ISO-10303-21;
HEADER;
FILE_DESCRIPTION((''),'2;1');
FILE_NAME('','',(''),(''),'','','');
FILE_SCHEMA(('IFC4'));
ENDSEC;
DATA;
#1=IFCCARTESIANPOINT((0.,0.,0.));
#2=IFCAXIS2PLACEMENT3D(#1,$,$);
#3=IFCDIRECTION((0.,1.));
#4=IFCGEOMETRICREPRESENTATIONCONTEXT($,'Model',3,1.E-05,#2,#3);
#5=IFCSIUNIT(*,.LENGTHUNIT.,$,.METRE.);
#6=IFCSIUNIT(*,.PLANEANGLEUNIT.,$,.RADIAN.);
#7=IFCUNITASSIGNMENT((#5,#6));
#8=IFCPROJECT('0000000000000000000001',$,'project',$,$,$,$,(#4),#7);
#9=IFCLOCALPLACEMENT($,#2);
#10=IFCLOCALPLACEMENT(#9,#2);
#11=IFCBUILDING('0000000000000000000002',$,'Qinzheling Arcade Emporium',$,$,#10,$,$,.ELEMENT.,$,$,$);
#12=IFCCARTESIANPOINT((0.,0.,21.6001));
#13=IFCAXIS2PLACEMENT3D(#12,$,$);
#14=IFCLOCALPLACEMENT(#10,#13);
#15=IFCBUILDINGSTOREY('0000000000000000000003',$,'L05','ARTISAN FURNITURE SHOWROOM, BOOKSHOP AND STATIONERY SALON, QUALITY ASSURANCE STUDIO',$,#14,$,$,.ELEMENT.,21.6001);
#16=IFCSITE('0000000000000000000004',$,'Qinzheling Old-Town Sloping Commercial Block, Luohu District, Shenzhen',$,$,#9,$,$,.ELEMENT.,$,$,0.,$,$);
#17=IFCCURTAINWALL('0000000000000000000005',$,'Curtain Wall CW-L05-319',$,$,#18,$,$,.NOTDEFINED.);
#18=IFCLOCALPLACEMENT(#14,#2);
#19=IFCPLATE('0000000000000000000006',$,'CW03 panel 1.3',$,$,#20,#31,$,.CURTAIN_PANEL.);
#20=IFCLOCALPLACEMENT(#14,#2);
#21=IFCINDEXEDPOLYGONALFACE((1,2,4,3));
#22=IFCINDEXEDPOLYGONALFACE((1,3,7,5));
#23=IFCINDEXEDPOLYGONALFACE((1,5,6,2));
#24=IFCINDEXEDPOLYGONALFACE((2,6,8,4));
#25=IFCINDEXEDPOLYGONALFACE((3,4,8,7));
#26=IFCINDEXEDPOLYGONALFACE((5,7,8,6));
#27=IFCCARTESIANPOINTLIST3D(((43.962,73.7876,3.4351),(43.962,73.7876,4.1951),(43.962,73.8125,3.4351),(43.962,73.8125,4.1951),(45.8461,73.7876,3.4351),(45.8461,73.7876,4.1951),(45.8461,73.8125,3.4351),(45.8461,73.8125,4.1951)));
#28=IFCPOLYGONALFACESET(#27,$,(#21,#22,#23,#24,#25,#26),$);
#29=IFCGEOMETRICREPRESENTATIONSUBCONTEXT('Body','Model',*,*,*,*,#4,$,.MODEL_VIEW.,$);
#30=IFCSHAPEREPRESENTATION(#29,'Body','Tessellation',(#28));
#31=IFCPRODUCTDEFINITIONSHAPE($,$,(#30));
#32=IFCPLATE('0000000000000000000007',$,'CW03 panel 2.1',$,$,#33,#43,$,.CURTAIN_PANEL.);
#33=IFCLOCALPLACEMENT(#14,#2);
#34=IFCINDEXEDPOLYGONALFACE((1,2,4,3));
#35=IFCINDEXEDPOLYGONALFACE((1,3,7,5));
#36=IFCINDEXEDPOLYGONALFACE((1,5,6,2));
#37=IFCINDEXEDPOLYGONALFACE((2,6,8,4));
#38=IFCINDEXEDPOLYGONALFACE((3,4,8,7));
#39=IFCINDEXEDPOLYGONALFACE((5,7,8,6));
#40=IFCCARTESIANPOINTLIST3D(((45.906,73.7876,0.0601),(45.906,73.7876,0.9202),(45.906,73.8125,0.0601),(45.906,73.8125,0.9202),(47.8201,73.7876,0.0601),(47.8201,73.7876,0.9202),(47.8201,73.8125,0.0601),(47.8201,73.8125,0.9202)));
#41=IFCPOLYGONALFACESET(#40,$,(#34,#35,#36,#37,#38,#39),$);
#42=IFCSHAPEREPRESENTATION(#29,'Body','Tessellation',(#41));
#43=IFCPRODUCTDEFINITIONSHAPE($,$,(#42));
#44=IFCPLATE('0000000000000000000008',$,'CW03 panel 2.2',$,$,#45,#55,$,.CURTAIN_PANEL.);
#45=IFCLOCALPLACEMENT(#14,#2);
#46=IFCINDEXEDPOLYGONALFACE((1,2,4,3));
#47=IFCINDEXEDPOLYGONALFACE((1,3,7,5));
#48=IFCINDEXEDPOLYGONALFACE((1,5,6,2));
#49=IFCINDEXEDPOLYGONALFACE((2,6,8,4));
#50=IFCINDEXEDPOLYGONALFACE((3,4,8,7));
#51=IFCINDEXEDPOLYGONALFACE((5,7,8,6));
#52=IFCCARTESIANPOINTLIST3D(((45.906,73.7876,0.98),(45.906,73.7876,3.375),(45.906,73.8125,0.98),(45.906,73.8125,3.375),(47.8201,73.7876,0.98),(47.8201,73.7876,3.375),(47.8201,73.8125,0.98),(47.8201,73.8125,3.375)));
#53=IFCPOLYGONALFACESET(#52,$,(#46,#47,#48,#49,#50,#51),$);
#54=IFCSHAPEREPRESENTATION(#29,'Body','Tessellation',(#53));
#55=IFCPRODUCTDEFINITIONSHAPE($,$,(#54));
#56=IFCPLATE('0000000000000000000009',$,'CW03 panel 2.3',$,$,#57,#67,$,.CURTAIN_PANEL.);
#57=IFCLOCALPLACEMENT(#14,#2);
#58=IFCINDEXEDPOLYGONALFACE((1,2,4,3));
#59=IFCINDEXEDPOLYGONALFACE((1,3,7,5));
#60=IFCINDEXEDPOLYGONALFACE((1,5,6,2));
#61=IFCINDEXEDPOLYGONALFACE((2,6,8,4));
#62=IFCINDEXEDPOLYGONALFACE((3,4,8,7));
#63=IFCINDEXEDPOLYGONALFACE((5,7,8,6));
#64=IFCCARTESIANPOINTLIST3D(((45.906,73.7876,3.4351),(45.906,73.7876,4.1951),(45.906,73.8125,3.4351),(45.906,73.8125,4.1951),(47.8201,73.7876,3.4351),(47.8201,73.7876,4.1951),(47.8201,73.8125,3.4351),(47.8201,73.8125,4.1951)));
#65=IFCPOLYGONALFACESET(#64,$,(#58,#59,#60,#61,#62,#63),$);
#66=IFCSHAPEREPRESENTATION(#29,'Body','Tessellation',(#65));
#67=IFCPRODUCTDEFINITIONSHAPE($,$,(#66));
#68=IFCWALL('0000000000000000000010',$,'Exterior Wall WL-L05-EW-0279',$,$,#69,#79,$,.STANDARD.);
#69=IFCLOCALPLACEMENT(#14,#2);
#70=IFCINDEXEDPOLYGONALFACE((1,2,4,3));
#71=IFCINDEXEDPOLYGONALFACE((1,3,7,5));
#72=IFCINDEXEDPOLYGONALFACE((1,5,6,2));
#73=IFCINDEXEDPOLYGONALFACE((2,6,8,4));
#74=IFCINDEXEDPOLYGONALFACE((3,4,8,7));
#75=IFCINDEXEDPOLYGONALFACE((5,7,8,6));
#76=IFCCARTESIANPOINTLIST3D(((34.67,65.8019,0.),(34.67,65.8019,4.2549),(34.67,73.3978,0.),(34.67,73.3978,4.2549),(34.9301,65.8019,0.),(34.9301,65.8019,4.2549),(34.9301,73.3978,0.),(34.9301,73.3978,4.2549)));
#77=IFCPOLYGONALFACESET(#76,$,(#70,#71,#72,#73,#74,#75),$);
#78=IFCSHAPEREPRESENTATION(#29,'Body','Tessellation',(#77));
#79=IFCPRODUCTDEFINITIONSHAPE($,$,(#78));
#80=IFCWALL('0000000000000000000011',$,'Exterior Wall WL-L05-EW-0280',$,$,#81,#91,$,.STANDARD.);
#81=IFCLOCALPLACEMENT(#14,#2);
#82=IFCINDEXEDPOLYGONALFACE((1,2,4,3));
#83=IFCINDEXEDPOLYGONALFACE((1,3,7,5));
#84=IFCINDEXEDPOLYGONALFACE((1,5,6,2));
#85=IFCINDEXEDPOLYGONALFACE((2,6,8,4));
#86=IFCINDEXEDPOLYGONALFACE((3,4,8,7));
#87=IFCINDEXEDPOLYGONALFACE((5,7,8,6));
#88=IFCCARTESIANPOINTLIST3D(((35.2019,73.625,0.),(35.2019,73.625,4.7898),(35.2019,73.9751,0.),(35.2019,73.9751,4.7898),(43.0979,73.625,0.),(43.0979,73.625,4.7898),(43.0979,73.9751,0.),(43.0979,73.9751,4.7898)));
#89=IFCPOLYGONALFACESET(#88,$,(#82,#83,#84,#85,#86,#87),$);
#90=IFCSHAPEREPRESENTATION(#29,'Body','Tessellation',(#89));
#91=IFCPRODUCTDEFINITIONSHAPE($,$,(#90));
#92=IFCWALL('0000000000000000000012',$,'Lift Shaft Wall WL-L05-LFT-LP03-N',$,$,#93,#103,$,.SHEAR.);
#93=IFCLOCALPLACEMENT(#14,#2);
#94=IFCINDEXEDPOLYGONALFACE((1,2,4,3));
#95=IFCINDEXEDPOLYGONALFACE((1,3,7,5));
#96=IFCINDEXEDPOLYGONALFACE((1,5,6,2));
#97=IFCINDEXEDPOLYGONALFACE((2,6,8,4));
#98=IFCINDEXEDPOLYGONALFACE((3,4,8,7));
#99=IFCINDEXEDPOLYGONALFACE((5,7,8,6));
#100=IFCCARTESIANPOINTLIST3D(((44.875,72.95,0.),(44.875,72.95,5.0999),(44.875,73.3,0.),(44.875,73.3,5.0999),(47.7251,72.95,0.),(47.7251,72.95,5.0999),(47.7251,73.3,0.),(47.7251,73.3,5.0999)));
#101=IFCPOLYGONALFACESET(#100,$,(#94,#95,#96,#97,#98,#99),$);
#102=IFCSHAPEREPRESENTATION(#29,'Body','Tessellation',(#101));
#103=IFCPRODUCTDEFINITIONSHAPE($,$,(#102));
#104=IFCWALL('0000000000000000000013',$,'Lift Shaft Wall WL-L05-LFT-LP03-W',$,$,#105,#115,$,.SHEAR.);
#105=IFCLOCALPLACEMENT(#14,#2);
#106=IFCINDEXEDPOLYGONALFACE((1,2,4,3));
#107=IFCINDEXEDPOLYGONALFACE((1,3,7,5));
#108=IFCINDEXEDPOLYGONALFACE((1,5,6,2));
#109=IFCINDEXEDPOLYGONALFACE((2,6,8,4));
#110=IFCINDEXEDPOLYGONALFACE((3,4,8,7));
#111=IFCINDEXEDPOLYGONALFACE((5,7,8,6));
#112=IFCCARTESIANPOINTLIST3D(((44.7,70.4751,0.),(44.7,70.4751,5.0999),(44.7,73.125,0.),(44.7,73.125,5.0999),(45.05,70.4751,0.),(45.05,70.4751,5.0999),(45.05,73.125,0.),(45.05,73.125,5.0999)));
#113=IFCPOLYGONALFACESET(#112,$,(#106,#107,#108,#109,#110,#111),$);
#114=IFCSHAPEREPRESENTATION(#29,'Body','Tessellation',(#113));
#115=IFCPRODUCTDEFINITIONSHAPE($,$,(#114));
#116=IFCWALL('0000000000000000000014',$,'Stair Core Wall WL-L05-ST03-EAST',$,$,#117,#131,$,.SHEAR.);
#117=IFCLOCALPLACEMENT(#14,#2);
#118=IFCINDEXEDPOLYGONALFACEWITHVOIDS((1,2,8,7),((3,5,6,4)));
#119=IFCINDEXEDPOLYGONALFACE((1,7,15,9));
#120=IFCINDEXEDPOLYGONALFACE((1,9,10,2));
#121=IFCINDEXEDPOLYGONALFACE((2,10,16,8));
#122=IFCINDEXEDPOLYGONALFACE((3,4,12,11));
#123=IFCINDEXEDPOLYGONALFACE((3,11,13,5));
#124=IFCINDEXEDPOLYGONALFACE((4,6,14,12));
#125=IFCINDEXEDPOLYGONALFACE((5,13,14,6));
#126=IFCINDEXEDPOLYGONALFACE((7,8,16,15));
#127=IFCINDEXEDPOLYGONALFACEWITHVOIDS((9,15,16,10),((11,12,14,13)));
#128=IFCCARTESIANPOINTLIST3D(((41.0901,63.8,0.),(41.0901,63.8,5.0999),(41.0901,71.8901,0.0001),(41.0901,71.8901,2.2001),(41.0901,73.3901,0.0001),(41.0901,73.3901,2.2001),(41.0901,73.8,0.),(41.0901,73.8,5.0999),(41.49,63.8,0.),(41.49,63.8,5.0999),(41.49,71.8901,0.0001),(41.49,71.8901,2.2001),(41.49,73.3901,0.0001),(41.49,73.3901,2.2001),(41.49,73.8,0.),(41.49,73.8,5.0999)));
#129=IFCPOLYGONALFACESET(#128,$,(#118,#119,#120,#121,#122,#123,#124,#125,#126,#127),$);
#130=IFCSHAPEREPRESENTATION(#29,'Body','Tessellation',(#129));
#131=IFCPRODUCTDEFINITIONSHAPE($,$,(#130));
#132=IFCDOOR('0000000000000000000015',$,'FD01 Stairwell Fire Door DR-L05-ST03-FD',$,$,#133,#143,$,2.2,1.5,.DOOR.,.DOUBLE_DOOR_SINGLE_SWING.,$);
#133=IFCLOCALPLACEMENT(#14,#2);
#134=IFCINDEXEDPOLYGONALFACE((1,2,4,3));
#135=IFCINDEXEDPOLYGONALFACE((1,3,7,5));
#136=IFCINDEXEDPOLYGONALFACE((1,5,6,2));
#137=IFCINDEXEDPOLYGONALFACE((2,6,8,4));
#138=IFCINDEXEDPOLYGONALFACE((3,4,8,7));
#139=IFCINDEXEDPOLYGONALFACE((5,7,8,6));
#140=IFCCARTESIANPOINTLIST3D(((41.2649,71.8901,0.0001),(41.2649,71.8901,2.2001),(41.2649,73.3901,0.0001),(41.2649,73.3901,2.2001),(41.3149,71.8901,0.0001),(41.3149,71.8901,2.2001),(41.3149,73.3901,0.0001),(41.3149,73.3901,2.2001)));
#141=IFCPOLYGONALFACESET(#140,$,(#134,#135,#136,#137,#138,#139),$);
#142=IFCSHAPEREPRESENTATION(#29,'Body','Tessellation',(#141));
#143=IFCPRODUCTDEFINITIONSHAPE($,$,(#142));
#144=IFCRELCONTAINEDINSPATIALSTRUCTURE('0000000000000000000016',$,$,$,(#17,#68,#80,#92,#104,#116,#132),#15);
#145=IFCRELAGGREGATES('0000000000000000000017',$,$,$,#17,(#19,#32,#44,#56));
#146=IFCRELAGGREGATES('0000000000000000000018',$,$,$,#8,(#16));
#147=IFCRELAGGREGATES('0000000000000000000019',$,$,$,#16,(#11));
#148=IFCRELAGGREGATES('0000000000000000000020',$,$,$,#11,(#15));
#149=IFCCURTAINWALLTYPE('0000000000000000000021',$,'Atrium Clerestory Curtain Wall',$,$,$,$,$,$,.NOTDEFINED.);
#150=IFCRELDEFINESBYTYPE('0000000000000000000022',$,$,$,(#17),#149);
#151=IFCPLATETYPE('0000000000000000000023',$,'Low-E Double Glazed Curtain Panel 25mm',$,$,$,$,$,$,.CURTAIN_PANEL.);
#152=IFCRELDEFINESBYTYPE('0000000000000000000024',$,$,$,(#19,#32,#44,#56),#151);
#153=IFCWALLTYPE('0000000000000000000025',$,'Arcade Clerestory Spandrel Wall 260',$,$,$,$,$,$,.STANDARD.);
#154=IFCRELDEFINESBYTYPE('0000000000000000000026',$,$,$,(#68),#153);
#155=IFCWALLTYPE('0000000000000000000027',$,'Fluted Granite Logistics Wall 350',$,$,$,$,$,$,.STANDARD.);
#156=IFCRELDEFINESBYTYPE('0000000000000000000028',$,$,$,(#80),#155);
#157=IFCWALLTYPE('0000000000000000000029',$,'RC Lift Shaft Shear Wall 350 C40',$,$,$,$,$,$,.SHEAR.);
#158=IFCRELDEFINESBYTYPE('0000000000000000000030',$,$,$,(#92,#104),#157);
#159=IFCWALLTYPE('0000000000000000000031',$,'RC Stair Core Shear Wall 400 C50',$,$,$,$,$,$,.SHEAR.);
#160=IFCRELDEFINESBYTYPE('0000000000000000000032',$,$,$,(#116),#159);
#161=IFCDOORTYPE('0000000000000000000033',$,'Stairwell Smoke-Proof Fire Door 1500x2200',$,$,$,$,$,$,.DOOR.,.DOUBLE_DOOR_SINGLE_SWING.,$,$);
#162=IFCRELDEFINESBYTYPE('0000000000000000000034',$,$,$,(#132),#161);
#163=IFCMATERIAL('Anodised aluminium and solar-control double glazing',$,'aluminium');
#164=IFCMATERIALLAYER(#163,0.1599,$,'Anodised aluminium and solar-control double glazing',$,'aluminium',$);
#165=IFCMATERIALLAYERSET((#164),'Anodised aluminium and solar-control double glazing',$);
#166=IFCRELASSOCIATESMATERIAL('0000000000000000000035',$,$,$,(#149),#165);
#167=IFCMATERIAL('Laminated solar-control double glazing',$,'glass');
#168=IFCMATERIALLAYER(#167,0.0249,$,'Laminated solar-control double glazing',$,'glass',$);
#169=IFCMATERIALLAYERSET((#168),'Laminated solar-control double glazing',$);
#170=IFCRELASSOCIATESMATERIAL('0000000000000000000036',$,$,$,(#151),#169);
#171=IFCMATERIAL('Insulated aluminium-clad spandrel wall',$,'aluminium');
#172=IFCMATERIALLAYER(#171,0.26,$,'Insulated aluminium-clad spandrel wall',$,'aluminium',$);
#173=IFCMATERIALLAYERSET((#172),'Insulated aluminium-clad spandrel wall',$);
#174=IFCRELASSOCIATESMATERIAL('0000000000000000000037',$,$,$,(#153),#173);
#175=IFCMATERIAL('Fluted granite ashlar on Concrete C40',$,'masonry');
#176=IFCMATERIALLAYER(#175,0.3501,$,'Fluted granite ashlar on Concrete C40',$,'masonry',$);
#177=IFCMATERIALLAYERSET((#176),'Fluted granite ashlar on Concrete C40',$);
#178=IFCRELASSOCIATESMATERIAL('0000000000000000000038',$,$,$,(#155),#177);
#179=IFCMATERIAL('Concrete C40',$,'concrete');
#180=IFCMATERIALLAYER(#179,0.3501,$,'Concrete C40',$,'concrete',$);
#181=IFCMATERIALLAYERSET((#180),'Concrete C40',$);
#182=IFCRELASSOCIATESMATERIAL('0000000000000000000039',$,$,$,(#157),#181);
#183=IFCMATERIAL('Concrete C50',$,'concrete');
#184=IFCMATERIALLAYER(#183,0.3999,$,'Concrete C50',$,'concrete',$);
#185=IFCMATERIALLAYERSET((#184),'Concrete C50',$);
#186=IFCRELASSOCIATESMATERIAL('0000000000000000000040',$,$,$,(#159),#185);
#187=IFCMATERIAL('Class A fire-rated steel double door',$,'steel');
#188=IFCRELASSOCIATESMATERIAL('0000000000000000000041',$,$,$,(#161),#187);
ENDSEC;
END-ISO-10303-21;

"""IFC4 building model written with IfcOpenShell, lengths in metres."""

from ifc_helpers import new_model, si_unit, direction, frame, frame_2d, origin, origin_2d, place, context, subcontext, project, spatial, rectangle, extrude, material, layer, layer_set, type_object, element, fill, aggregate, save


model = new_model("IFC4")

# Units and contexts
model_context = context("Model", 3, precision=1e-05, world=origin(), true_north=direction((0.0, 1.0)))
body_context = subcontext(model_context, "Body", "Model", "MODEL_VIEW")
ifc_project = project(units=[si_unit("LENGTHUNIT", "METRE"), si_unit("PLANEANGLEUNIT", "RADIAN")], contexts=[model_context])

# Site, building, storey
site_placement = place(None, origin())
site = spatial("IfcSite", under=ifc_project, at=site_placement, Name="Qinzheling Old-Town Sloping Commercial Block, Luohu District, Shenzhen", CompositionType="ELEMENT", RefElevation=0.0)
building_placement = place(site_placement, origin())
building = spatial("IfcBuilding", under=site, at=building_placement, Name="Qinzheling Arcade Emporium", CompositionType="ELEMENT")
storey_placement = place(building_placement, frame((0.0, 0.0, 21.6001)))
storey = spatial("IfcBuildingStorey", under=building, at=storey_placement, Name="L05", Description="ARTISAN FURNITURE SHOWROOM, BOOKSHOP AND STATIONERY SALON, QUALITY ASSURANCE STUDIO", CompositionType="ELEMENT", Elevation=21.6001)

# Shared definitions
ifc_material_1 = material(Name="Concrete C40", Category="concrete")

# Curtain wall
ifc_material_2 = material(Name="Anodised aluminium and solar-control double glazing", Category="aluminium")
ifc_layer_1 = layer(ifc_material_2, 0.1599, Name="Anodised aluminium and solar-control double glazing", Category="aluminium")
ifc_layer_set_1 = layer_set([ifc_layer_1], Name="Anodised aluminium and solar-control double glazing")
curtain_wall_type = type_object("IfcCurtainWallType", Name="Atrium Clerestory Curtain Wall", PredefinedType="NOTDEFINED", material=ifc_layer_set_1)
curtain_wall_placement = place(storey_placement, origin())
curtain_wall = element("IfcCurtainWall", 1, at=curtain_wall_placement, inside=storey, type_object=curtain_wall_type, Name="Curtain Wall CW-L05-319", PredefinedType="NOTDEFINED")

# Plates
ifc_material_3 = material(Name="Laminated solar-control double glazing", Category="glass")
ifc_layer_2 = layer(ifc_material_3, 0.0249, Name="Laminated solar-control double glazing", Category="glass")
ifc_layer_set_2 = layer_set([ifc_layer_2], Name="Laminated solar-control double glazing")
plate_type = type_object("IfcPlateType", Name="Low-E Double Glazed Curtain Panel 25mm", PredefinedType="CURTAIN_PANEL", material=ifc_layer_set_2)
plate_1_placement = place(storey_placement, frame((44.9041, 73.8, 3.4351), z_axis=(0.0, 0.0, 1.0), x_axis=(1.0, 0.0, 0.0)))
plate_1 = element("IfcPlate", 2, at=plate_1_placement, type_object=plate_type, Name="CW03 panel 1.3", PredefinedType="CURTAIN_PANEL", context=body_context, shape_type="SweptSolid", body=[
    extrude(rectangle(XDim=1.884, YDim=0.0249, at=origin_2d()), origin(), (0.0, 0.0, 1.0), 0.76),
])
plate_2_placement = place(storey_placement, frame((46.863, 73.8, 0.0601), z_axis=(0.0, 0.0, 1.0), x_axis=(1.0, 0.0, 0.0)))
plate_2 = element("IfcPlate", 3, at=plate_2_placement, type_object=plate_type, Name="CW03 panel 2.1", PredefinedType="CURTAIN_PANEL", context=body_context, shape_type="SweptSolid", body=[
    extrude(rectangle(XDim=1.9141, YDim=0.0249, at=origin_2d()), origin(), (0.0, 0.0, 1.0), 0.8601),
])
plate_3_placement = place(storey_placement, frame((46.863, 73.8, 0.98), z_axis=(0.0, 0.0, 1.0), x_axis=(1.0, 0.0, 0.0)))
plate_3 = element("IfcPlate", 4, at=plate_3_placement, type_object=plate_type, Name="CW03 panel 2.2", PredefinedType="CURTAIN_PANEL", context=body_context, shape_type="SweptSolid", body=[
    extrude(rectangle(XDim=1.9141, YDim=0.0249, at=origin_2d()), origin(), (0.0, 0.0, 1.0), 2.395),
])
plate_4_placement = place(storey_placement, frame((46.863, 73.8, 3.4351), z_axis=(0.0, 0.0, 1.0), x_axis=(1.0, 0.0, 0.0)))
plate_4 = element("IfcPlate", 5, at=plate_4_placement, type_object=plate_type, Name="CW03 panel 2.3", PredefinedType="CURTAIN_PANEL", context=body_context, shape_type="SweptSolid", body=[
    extrude(rectangle(XDim=1.9141, YDim=0.0249, at=origin_2d()), origin(), (0.0, 0.0, 1.0), 0.76),
])
aggregate(curtain_wall, [plate_1, plate_2, plate_3, plate_4])

# Walls
ifc_material_4 = material(Name="Insulated aluminium-clad spandrel wall", Category="aluminium")
ifc_layer_3 = layer(ifc_material_4, 0.26, Name="Insulated aluminium-clad spandrel wall", Category="aluminium")
ifc_layer_set_3 = layer_set([ifc_layer_3], Name="Insulated aluminium-clad spandrel wall")
wall_type_1 = type_object("IfcWallType", Name="Arcade Clerestory Spandrel Wall 260", PredefinedType="STANDARD", material=ifc_layer_set_3)
wall_1_placement = place(storey_placement, frame((34.8, 65.802, 0.0), z_axis=(0.0, 0.0, 1.0), x_axis=(0.0, 1.0, 0.0)))
element("IfcWall", 6, at=wall_1_placement, inside=storey, type_object=wall_type_1, Name="Exterior Wall WL-L05-EW-0279", PredefinedType="STANDARD", context=body_context, shape_type="SweptSolid", body=[
    extrude(rectangle(XDim=7.5959, YDim=0.26, at=frame_2d((3.7979, 0.0))), origin(), (0.0, 0.0, 1.0), 4.2549),
])
ifc_material_5 = material(Name="Fluted granite ashlar on Concrete C40", Category="masonry")
ifc_layer_4 = layer(ifc_material_5, 0.3501, Name="Fluted granite ashlar on Concrete C40", Category="masonry")
ifc_layer_set_4 = layer_set([ifc_layer_4], Name="Fluted granite ashlar on Concrete C40")
wall_type_2 = type_object("IfcWallType", Name="Fluted Granite Logistics Wall 350", PredefinedType="STANDARD", material=ifc_layer_set_4)
wall_2_placement = place(storey_placement, frame((35.2019, 73.8, 0.0), z_axis=(0.0, 0.0, 1.0), x_axis=(1.0, 0.0, 0.0)))
element("IfcWall", 7, at=wall_2_placement, inside=storey, type_object=wall_type_2, Name="Exterior Wall WL-L05-EW-0280", PredefinedType="STANDARD", context=body_context, shape_type="SweptSolid", body=[
    extrude(rectangle(XDim=7.896, YDim=0.3501, at=frame_2d((3.948, 0.0))), origin(), (0.0, 0.0, 1.0), 4.7898),
])
ifc_layer_5 = layer(ifc_material_1, 0.3501, Name="Concrete C40", Category="concrete")
ifc_layer_set_5 = layer_set([ifc_layer_5], Name="Concrete C40")
wall_type_3 = type_object("IfcWallType", Name="RC Lift Shaft Shear Wall 350 C40", PredefinedType="SHEAR", material=ifc_layer_set_5)
wall_3_placement = place(storey_placement, frame((44.875, 73.125, 0.0), z_axis=(0.0, 0.0, 1.0), x_axis=(1.0, 0.0, 0.0)))
element("IfcWall", 8, at=wall_3_placement, inside=storey, type_object=wall_type_3, Name="Lift Shaft Wall WL-L05-LFT-LP03-N", PredefinedType="SHEAR", context=body_context, shape_type="SweptSolid", body=[
    extrude(rectangle(XDim=2.8501, YDim=0.3501, at=frame_2d((1.425, 0.0))), origin(), (0.0, 0.0, 1.0), 5.0999),
])
wall_4_placement = place(storey_placement, frame((44.875, 70.4751, 0.0), z_axis=(0.0, 0.0, 1.0), x_axis=(0.0, 1.0, 0.0)))
element("IfcWall", 9, at=wall_4_placement, inside=storey, type_object=wall_type_3, Name="Lift Shaft Wall WL-L05-LFT-LP03-W", PredefinedType="SHEAR", context=body_context, shape_type="SweptSolid", body=[
    extrude(rectangle(XDim=2.6499, YDim=0.3501, at=frame_2d((1.325, 0.0))), origin(), (0.0, 0.0, 1.0), 5.0999),
])

# Wall, opening, door
ifc_material_6 = material(Name="Concrete C50", Category="concrete")
ifc_layer_6 = layer(ifc_material_6, 0.3999, Name="Concrete C50", Category="concrete")
ifc_layer_set_6 = layer_set([ifc_layer_6], Name="Concrete C50")
wall_type_4 = type_object("IfcWallType", Name="RC Stair Core Shear Wall 400 C50", PredefinedType="SHEAR", material=ifc_layer_set_6)
wall_5_placement = place(storey_placement, frame((41.29, 73.8, 0.0), z_axis=(0.0, 0.0, 1.0), x_axis=(0.0, -1.0, 0.0)))
wall_5 = element("IfcWall", 10, at=wall_5_placement, inside=storey, type_object=wall_type_4, Name="Stair Core Wall WL-L05-ST03-EAST", PredefinedType="SHEAR", context=body_context, shape_type="SweptSolid", body=[
    extrude(rectangle(XDim=10.0, YDim=0.3999, at=frame_2d((5.0, 0.0))), origin(), (0.0, 0.0, 1.0), 5.0999),
])
opening_placement = place(wall_5_placement, frame((0.4099, 0.0, 0.0)))
opening = element("IfcOpeningElement", 11, at=opening_placement, cuts=wall_5, PredefinedType="OPENING", context=body_context, shape_type="SweptSolid", body=[
    extrude(rectangle(XDim=1.5, YDim=2.2, at=frame_2d((0.75, 1.1001))), frame((0.0, 0.21, 0.0), z_axis=(0.0, -1.0, 0.0), x_axis=(1.0, 0.0, 0.0)), (0.0, 0.0, 1.0), 0.4199),
])
ifc_material_7 = material(Name="Class A fire-rated steel double door", Category="steel")
door_type = type_object("IfcDoorType", Name="Stairwell Smoke-Proof Fire Door 1500x2200", OperationType="DOUBLE_DOOR_SINGLE_SWING", PredefinedType="DOOR", material=ifc_material_7)
door_placement = place(opening_placement, origin())
door = element("IfcDoor", 12, at=door_placement, inside=storey, type_object=door_type, Name="FD01 Stairwell Fire Door DR-L05-ST03-FD", OperationType="DOUBLE_DOOR_SINGLE_SWING", OverallHeight=2.2, OverallWidth=1.5, PredefinedType="DOOR", context=body_context, shape_type="SweptSolid", body=[
    extrude(rectangle(XDim=1.5, YDim=2.2, at=frame_2d((0.75, 1.1001))), frame((0.0, 0.0249, 0.0), z_axis=(0.0, -1.0, 0.0), x_axis=(1.0, 0.0, 0.0)), (0.0, 0.0, 1.0), 0.05),
])
fill(opening, door)

save(model, "model.ifc")
